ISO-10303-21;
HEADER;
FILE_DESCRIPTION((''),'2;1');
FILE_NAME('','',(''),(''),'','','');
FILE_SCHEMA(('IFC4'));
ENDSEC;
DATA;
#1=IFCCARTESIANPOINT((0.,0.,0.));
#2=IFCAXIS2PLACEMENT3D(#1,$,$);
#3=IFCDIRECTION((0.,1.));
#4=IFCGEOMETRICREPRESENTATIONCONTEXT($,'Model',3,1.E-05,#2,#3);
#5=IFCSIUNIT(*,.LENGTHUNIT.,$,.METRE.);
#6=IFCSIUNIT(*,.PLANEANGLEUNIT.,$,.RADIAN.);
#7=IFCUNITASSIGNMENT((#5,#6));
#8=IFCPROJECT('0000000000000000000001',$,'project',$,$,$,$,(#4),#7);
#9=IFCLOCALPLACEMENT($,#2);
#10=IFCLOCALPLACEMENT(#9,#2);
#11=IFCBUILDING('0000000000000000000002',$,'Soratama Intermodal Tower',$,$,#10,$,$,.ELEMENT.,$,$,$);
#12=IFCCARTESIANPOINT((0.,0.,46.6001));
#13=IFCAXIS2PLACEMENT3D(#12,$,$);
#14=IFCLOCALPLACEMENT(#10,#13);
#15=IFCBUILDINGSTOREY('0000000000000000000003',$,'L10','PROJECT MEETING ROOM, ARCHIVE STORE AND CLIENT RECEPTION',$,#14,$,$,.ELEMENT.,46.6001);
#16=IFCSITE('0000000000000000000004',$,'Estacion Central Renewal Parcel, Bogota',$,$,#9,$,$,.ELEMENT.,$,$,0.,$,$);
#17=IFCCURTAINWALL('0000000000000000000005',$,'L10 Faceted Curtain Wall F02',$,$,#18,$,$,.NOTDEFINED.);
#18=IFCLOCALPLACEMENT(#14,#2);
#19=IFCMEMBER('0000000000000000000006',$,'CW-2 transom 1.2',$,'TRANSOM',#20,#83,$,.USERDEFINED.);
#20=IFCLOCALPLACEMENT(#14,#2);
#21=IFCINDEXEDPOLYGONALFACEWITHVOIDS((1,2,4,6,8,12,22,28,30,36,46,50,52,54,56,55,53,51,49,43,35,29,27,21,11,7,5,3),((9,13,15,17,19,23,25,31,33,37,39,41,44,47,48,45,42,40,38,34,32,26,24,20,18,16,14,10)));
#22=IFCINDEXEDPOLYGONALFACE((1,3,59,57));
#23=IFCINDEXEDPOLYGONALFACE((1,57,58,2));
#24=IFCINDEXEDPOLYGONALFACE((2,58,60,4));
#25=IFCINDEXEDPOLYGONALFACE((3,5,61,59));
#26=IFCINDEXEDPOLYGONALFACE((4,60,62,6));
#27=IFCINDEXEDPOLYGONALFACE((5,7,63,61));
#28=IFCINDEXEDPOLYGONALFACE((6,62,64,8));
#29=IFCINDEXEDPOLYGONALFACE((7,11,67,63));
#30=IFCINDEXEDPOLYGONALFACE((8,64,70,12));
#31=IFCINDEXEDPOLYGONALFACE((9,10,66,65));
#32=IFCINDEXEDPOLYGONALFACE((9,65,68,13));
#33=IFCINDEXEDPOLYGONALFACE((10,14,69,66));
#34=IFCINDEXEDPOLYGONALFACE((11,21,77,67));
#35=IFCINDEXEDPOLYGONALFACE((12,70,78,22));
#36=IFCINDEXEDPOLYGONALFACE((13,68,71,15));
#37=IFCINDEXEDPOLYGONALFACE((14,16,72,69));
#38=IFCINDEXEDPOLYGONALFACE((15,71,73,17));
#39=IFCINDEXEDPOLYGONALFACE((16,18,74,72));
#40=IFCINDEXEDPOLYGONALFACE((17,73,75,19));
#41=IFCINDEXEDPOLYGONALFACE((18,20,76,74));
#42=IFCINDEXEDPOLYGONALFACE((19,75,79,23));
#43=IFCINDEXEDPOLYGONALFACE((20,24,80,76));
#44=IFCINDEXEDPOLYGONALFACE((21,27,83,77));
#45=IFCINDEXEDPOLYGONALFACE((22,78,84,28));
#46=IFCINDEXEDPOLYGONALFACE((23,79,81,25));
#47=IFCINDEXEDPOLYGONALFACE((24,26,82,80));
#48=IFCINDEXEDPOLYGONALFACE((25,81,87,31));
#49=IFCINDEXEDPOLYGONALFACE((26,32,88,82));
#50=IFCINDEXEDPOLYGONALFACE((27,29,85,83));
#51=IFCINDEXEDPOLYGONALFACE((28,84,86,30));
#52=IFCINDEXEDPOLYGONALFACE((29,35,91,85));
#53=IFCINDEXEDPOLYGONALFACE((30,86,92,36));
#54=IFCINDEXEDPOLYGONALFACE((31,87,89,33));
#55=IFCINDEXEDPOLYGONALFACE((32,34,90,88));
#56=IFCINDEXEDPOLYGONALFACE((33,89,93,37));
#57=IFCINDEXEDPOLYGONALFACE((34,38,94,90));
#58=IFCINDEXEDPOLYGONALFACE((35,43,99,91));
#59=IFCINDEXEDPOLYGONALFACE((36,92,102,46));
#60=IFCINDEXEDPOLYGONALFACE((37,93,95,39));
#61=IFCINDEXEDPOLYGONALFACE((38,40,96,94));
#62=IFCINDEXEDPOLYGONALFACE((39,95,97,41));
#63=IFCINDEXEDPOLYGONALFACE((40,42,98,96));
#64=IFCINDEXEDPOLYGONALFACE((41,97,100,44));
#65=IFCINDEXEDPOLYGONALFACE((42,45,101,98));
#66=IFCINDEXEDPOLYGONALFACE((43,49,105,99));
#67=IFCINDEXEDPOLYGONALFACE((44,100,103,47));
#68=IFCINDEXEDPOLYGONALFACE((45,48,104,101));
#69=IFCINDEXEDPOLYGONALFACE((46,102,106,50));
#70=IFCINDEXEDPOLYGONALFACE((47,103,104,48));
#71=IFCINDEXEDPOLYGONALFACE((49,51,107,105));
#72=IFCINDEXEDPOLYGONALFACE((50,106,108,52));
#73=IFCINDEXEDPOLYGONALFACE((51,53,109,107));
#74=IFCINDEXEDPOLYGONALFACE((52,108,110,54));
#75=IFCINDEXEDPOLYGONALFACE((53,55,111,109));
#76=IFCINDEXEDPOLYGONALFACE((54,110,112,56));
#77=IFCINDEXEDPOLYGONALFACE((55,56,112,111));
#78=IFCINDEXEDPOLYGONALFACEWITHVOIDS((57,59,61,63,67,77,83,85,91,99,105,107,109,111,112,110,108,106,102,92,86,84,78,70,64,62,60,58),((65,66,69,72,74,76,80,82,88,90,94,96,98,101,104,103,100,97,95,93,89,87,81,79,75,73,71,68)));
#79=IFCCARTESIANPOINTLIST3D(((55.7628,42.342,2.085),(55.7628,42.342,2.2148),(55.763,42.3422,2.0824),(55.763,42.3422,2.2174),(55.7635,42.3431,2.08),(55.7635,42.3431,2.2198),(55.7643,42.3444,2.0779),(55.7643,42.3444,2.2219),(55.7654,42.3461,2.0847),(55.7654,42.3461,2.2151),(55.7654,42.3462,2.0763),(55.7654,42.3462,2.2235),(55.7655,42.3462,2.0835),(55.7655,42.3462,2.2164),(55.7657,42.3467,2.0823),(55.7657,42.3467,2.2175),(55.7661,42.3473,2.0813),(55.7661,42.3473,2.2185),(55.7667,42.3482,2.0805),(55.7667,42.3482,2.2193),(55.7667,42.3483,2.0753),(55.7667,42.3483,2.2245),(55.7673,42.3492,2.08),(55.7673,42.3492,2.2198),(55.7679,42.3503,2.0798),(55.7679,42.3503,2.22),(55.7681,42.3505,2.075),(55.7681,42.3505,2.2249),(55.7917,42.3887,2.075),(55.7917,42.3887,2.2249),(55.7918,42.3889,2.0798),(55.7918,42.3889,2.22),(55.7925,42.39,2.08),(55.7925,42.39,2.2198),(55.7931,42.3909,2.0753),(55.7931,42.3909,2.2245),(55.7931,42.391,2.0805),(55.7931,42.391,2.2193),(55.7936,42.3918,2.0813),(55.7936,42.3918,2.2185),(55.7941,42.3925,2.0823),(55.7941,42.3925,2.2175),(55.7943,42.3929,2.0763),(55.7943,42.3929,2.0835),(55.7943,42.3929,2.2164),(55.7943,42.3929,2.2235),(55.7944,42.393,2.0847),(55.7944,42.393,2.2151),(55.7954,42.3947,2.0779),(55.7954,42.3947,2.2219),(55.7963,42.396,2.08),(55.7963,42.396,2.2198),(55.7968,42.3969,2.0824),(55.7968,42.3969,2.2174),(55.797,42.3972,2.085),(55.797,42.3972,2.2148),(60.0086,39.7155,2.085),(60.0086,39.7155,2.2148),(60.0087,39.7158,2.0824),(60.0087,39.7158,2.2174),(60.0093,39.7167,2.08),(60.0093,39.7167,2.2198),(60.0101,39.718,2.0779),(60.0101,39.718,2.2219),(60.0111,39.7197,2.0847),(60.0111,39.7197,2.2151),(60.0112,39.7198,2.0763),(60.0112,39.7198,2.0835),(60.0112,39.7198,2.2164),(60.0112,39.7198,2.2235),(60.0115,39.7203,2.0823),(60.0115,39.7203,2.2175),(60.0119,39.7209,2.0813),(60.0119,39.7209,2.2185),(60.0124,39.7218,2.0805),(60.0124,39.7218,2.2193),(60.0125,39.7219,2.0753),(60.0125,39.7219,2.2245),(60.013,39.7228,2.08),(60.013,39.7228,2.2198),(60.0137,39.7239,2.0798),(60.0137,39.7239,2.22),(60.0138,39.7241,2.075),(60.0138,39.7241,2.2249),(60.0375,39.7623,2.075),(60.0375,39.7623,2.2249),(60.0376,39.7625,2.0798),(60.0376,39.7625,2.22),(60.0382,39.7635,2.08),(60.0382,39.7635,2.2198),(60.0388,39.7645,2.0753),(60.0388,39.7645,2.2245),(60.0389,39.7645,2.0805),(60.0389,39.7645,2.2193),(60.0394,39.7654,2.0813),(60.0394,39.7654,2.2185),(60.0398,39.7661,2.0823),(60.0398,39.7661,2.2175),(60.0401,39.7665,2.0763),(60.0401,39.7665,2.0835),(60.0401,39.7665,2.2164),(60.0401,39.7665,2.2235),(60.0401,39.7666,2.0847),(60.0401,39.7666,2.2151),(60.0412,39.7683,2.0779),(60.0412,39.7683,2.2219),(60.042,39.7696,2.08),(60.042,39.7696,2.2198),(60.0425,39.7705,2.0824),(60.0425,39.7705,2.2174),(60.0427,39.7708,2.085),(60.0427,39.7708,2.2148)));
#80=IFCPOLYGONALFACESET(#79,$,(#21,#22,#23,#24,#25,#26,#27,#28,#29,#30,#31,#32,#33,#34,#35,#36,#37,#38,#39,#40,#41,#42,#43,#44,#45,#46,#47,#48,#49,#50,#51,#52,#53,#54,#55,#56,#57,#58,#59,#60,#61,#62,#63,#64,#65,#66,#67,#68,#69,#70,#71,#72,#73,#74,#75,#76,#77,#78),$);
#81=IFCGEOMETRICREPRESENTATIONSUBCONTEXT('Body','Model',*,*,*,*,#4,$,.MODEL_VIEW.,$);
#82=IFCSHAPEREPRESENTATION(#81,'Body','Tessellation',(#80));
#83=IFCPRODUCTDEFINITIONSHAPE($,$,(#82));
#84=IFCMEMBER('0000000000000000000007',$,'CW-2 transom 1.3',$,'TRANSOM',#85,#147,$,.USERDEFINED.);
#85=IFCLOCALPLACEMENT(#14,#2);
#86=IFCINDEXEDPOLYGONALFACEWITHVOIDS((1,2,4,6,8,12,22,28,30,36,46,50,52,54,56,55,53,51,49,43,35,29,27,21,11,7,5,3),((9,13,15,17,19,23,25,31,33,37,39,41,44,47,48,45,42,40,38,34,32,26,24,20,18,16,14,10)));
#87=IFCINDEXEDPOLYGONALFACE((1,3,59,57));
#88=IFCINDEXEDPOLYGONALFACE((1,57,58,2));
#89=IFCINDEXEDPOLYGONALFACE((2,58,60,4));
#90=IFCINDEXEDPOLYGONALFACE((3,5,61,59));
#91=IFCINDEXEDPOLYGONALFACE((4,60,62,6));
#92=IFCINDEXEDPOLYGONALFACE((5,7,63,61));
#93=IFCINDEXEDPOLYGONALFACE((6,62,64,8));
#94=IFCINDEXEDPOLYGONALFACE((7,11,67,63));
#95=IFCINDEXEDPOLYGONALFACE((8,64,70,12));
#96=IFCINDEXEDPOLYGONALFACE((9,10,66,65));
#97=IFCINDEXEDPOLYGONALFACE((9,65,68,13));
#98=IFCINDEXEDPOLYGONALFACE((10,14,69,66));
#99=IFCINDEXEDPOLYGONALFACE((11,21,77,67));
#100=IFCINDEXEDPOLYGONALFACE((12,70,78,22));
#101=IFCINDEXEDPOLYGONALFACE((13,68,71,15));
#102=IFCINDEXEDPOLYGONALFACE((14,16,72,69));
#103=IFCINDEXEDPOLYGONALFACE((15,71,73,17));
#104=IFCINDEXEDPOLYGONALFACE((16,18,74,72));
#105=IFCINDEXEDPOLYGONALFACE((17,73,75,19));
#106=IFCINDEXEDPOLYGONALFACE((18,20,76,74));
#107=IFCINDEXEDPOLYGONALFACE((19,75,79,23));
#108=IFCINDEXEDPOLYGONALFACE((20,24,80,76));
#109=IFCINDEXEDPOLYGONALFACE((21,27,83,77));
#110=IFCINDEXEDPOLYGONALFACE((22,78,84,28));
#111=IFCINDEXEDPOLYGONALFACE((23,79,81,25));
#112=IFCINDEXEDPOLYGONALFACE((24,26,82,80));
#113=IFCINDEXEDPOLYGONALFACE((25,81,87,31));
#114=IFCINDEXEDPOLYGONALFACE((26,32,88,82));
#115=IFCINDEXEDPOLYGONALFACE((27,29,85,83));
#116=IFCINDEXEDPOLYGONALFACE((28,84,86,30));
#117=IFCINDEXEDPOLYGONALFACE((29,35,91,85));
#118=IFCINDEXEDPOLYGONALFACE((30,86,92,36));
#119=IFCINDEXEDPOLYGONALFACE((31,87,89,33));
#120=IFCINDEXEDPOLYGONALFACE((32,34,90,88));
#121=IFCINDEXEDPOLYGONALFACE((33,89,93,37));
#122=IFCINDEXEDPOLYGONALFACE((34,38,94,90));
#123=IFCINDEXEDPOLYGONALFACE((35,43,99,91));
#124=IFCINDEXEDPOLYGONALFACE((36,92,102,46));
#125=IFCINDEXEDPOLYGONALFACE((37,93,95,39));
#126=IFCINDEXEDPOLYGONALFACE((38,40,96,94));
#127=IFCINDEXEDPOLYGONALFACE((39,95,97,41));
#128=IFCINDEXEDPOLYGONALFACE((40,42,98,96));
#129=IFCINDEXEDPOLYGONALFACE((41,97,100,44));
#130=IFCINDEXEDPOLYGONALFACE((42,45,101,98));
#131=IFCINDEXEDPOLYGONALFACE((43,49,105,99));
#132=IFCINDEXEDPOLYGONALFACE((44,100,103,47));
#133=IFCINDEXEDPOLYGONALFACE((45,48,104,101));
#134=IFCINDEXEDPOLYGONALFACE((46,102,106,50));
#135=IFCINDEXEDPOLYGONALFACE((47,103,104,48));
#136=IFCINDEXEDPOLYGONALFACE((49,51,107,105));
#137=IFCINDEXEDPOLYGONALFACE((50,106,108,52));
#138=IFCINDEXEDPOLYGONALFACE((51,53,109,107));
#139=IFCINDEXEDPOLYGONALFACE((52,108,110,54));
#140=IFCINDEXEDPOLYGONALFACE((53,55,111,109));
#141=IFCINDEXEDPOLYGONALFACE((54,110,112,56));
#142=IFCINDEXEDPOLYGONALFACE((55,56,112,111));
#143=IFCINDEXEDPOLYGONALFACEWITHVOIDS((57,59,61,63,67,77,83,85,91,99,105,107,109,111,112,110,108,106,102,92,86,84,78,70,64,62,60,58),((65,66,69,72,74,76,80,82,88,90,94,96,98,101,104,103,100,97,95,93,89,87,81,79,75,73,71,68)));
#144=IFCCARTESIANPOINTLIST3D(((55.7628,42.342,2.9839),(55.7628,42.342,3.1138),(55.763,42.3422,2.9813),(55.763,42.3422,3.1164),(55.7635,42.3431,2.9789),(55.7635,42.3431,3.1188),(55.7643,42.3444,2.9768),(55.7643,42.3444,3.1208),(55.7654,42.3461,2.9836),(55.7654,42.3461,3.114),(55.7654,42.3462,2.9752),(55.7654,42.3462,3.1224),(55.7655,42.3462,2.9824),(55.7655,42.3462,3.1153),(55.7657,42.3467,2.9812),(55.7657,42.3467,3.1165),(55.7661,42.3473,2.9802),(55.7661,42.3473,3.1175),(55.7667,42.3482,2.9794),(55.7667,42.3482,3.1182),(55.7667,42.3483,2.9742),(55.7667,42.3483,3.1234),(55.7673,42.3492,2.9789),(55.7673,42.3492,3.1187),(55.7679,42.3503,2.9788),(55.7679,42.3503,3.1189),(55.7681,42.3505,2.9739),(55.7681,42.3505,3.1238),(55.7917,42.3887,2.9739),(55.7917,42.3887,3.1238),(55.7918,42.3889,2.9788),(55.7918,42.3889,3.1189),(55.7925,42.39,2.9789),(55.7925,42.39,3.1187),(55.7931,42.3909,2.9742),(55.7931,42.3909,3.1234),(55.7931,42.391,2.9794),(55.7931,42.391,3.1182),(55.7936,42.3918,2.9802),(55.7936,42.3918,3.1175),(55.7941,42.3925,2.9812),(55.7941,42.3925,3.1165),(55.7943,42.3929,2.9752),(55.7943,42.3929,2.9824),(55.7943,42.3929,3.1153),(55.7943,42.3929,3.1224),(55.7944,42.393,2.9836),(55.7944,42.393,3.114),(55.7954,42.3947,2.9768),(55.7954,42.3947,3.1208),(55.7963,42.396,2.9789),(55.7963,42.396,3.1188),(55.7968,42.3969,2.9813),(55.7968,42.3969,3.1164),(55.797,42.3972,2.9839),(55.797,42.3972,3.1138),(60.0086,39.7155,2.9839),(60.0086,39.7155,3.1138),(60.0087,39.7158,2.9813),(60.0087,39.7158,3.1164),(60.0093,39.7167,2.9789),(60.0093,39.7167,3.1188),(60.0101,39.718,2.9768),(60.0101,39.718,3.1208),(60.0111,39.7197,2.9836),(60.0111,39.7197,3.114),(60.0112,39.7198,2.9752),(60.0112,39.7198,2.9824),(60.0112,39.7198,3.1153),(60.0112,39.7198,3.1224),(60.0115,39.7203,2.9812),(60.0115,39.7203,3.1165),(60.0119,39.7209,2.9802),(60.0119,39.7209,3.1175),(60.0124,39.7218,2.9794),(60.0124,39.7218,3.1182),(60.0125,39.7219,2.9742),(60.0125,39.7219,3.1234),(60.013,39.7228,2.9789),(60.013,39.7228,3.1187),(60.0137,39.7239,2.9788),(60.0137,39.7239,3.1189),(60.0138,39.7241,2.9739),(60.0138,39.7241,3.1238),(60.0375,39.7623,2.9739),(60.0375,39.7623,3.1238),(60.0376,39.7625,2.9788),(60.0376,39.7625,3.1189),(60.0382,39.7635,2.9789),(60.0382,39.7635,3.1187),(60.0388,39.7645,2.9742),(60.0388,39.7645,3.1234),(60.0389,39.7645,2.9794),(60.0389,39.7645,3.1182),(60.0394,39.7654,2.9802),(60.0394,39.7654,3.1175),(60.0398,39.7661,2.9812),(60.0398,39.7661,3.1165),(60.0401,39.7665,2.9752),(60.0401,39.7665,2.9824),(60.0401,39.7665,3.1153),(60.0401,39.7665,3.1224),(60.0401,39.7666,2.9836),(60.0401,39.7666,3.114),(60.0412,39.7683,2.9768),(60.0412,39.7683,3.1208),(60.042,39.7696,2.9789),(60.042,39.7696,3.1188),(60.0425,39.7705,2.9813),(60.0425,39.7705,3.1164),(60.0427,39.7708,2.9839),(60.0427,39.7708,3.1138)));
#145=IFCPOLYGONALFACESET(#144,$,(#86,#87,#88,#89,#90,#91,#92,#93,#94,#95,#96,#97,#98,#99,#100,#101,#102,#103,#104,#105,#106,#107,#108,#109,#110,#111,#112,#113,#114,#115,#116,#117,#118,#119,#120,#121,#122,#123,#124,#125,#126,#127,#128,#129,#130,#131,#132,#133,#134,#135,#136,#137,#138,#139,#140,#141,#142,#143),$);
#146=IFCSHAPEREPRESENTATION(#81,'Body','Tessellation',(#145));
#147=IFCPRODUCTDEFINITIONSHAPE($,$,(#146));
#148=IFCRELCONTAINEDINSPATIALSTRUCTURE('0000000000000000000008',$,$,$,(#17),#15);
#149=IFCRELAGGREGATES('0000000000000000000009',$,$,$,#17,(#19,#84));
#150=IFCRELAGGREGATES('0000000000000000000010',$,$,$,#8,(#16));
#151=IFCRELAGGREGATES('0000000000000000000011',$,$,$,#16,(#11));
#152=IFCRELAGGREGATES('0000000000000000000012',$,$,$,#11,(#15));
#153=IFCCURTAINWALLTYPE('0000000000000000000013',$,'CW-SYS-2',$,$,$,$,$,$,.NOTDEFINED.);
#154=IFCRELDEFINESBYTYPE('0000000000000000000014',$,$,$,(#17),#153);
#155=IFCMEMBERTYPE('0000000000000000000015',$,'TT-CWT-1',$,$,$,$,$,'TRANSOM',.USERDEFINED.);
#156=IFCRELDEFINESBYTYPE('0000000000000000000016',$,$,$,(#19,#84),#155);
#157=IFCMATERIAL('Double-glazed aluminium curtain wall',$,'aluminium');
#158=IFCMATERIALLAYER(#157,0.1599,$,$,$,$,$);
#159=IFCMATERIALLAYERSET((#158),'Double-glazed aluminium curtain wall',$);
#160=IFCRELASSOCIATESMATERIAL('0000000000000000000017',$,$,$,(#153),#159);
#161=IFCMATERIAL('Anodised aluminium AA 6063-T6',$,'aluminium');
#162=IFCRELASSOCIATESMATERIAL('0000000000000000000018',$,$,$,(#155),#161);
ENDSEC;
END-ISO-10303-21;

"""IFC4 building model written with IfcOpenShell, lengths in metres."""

from ifc_helpers import new_model, si_unit, direction, frame, origin, origin_2d, place, context, subcontext, project, spatial, hollow_rectangle, extrude, material, layer, layer_set, material_profile, profile_set, type_object, element, aggregate, save


model = new_model("IFC4")

# Units and contexts
model_context = context("Model", 3, precision=1e-05, world=origin(), true_north=direction((0.0, 1.0)))
body_context = subcontext(model_context, "Body", "Model", "MODEL_VIEW")
ifc_project = project(units=[si_unit("LENGTHUNIT", "METRE"), si_unit("PLANEANGLEUNIT", "RADIAN")], contexts=[model_context])

# Site, building, storey
site_placement = place(None, origin())
site = spatial("IfcSite", under=ifc_project, at=site_placement, Name="Estacion Central Renewal Parcel, Bogota", CompositionType="ELEMENT", RefElevation=0.0)
building_placement = place(site_placement, origin())
building = spatial("IfcBuilding", under=site, at=building_placement, Name="Soratama Intermodal Tower", CompositionType="ELEMENT")
storey_placement = place(building_placement, frame((0.0, 0.0, 46.6001)))
storey = spatial("IfcBuildingStorey", under=building, at=storey_placement, Name="L10", Description="PROJECT MEETING ROOM, ARCHIVE STORE AND CLIENT RECEPTION", CompositionType="ELEMENT", Elevation=46.6001)

# Shared definitions
ifc_material_1 = material(Name="Double-glazed aluminium curtain wall", Category="aluminium")
ifc_layer_1 = layer(ifc_material_1, 0.1599)
ifc_layer_set_1 = layer_set([ifc_layer_1], Name="Double-glazed aluminium curtain wall")
curtain_wall_type = type_object("IfcCurtainWallType", Name="CW-SYS-2", PredefinedType="NOTDEFINED", material=ifc_layer_set_1)

# Curtain wall, members
curtain_wall_1_placement = place(storey_placement, origin())
curtain_wall_1 = element("IfcCurtainWall", 1, at=curtain_wall_1_placement, inside=storey, type_object=curtain_wall_type, Name="L10 Faceted Curtain Wall F02", PredefinedType="NOTDEFINED")
ifc_material_2 = material(Name="Anodised aluminium AA 6063-T6", Category="aluminium")
ifc_material_profile_1 = material_profile(ifc_material_2, hollow_rectangle(XDim=0.0649, YDim=0.1499, WallThickness=0.0049, InnerFilletRadius=0.0049, OuterFilletRadius=0.01, at=origin_2d()), Name="CWT150X65X5")
ifc_profile_set_1 = profile_set([ifc_material_profile_1], Name="Anodised aluminium AA 6063-T6")
member_type_1 = type_object("IfcMemberType", Name="TT-CWT-1", ElementType="TRANSOM", PredefinedType="USERDEFINED", material=ifc_profile_set_1)
member_1_placement = place(storey_placement, frame((60.0256, 39.7432, 2.1499), z_axis=(-0.850437, 0.526077, 0.0), x_axis=(-0.526077, -0.850437, 0.0)))
member_1 = element("IfcMember", 2, at=member_1_placement, type_object=member_type_1, Name="CW-2 transom 1.2", ObjectType="TRANSOM", PredefinedType="USERDEFINED", context=body_context, shape_type="SweptSolid", body=[
    extrude(hollow_rectangle(XDim=0.0649, YDim=0.1499, WallThickness=0.0049, InnerFilletRadius=0.0049, OuterFilletRadius=0.01, at=origin_2d()), origin(), (0.0, 0.0, 1.0), 4.9924),
])
member_2_placement = place(storey_placement, frame((60.0256, 39.7432, 3.0488), z_axis=(-0.850437, 0.526077, 0.0), x_axis=(-0.526077, -0.850437, 0.0)))
member_2 = element("IfcMember", 3, at=member_2_placement, type_object=member_type_1, Name="CW-2 transom 1.3", ObjectType="TRANSOM", PredefinedType="USERDEFINED", context=body_context, shape_type="SweptSolid", body=[
    extrude(hollow_rectangle(XDim=0.0649, YDim=0.1499, WallThickness=0.0049, InnerFilletRadius=0.0049, OuterFilletRadius=0.01, at=origin_2d()), origin(), (0.0, 0.0, 1.0), 4.9924),
])

aggregate(curtain_wall_1, [member_1, member_2])

save(model, "model.ifc")
